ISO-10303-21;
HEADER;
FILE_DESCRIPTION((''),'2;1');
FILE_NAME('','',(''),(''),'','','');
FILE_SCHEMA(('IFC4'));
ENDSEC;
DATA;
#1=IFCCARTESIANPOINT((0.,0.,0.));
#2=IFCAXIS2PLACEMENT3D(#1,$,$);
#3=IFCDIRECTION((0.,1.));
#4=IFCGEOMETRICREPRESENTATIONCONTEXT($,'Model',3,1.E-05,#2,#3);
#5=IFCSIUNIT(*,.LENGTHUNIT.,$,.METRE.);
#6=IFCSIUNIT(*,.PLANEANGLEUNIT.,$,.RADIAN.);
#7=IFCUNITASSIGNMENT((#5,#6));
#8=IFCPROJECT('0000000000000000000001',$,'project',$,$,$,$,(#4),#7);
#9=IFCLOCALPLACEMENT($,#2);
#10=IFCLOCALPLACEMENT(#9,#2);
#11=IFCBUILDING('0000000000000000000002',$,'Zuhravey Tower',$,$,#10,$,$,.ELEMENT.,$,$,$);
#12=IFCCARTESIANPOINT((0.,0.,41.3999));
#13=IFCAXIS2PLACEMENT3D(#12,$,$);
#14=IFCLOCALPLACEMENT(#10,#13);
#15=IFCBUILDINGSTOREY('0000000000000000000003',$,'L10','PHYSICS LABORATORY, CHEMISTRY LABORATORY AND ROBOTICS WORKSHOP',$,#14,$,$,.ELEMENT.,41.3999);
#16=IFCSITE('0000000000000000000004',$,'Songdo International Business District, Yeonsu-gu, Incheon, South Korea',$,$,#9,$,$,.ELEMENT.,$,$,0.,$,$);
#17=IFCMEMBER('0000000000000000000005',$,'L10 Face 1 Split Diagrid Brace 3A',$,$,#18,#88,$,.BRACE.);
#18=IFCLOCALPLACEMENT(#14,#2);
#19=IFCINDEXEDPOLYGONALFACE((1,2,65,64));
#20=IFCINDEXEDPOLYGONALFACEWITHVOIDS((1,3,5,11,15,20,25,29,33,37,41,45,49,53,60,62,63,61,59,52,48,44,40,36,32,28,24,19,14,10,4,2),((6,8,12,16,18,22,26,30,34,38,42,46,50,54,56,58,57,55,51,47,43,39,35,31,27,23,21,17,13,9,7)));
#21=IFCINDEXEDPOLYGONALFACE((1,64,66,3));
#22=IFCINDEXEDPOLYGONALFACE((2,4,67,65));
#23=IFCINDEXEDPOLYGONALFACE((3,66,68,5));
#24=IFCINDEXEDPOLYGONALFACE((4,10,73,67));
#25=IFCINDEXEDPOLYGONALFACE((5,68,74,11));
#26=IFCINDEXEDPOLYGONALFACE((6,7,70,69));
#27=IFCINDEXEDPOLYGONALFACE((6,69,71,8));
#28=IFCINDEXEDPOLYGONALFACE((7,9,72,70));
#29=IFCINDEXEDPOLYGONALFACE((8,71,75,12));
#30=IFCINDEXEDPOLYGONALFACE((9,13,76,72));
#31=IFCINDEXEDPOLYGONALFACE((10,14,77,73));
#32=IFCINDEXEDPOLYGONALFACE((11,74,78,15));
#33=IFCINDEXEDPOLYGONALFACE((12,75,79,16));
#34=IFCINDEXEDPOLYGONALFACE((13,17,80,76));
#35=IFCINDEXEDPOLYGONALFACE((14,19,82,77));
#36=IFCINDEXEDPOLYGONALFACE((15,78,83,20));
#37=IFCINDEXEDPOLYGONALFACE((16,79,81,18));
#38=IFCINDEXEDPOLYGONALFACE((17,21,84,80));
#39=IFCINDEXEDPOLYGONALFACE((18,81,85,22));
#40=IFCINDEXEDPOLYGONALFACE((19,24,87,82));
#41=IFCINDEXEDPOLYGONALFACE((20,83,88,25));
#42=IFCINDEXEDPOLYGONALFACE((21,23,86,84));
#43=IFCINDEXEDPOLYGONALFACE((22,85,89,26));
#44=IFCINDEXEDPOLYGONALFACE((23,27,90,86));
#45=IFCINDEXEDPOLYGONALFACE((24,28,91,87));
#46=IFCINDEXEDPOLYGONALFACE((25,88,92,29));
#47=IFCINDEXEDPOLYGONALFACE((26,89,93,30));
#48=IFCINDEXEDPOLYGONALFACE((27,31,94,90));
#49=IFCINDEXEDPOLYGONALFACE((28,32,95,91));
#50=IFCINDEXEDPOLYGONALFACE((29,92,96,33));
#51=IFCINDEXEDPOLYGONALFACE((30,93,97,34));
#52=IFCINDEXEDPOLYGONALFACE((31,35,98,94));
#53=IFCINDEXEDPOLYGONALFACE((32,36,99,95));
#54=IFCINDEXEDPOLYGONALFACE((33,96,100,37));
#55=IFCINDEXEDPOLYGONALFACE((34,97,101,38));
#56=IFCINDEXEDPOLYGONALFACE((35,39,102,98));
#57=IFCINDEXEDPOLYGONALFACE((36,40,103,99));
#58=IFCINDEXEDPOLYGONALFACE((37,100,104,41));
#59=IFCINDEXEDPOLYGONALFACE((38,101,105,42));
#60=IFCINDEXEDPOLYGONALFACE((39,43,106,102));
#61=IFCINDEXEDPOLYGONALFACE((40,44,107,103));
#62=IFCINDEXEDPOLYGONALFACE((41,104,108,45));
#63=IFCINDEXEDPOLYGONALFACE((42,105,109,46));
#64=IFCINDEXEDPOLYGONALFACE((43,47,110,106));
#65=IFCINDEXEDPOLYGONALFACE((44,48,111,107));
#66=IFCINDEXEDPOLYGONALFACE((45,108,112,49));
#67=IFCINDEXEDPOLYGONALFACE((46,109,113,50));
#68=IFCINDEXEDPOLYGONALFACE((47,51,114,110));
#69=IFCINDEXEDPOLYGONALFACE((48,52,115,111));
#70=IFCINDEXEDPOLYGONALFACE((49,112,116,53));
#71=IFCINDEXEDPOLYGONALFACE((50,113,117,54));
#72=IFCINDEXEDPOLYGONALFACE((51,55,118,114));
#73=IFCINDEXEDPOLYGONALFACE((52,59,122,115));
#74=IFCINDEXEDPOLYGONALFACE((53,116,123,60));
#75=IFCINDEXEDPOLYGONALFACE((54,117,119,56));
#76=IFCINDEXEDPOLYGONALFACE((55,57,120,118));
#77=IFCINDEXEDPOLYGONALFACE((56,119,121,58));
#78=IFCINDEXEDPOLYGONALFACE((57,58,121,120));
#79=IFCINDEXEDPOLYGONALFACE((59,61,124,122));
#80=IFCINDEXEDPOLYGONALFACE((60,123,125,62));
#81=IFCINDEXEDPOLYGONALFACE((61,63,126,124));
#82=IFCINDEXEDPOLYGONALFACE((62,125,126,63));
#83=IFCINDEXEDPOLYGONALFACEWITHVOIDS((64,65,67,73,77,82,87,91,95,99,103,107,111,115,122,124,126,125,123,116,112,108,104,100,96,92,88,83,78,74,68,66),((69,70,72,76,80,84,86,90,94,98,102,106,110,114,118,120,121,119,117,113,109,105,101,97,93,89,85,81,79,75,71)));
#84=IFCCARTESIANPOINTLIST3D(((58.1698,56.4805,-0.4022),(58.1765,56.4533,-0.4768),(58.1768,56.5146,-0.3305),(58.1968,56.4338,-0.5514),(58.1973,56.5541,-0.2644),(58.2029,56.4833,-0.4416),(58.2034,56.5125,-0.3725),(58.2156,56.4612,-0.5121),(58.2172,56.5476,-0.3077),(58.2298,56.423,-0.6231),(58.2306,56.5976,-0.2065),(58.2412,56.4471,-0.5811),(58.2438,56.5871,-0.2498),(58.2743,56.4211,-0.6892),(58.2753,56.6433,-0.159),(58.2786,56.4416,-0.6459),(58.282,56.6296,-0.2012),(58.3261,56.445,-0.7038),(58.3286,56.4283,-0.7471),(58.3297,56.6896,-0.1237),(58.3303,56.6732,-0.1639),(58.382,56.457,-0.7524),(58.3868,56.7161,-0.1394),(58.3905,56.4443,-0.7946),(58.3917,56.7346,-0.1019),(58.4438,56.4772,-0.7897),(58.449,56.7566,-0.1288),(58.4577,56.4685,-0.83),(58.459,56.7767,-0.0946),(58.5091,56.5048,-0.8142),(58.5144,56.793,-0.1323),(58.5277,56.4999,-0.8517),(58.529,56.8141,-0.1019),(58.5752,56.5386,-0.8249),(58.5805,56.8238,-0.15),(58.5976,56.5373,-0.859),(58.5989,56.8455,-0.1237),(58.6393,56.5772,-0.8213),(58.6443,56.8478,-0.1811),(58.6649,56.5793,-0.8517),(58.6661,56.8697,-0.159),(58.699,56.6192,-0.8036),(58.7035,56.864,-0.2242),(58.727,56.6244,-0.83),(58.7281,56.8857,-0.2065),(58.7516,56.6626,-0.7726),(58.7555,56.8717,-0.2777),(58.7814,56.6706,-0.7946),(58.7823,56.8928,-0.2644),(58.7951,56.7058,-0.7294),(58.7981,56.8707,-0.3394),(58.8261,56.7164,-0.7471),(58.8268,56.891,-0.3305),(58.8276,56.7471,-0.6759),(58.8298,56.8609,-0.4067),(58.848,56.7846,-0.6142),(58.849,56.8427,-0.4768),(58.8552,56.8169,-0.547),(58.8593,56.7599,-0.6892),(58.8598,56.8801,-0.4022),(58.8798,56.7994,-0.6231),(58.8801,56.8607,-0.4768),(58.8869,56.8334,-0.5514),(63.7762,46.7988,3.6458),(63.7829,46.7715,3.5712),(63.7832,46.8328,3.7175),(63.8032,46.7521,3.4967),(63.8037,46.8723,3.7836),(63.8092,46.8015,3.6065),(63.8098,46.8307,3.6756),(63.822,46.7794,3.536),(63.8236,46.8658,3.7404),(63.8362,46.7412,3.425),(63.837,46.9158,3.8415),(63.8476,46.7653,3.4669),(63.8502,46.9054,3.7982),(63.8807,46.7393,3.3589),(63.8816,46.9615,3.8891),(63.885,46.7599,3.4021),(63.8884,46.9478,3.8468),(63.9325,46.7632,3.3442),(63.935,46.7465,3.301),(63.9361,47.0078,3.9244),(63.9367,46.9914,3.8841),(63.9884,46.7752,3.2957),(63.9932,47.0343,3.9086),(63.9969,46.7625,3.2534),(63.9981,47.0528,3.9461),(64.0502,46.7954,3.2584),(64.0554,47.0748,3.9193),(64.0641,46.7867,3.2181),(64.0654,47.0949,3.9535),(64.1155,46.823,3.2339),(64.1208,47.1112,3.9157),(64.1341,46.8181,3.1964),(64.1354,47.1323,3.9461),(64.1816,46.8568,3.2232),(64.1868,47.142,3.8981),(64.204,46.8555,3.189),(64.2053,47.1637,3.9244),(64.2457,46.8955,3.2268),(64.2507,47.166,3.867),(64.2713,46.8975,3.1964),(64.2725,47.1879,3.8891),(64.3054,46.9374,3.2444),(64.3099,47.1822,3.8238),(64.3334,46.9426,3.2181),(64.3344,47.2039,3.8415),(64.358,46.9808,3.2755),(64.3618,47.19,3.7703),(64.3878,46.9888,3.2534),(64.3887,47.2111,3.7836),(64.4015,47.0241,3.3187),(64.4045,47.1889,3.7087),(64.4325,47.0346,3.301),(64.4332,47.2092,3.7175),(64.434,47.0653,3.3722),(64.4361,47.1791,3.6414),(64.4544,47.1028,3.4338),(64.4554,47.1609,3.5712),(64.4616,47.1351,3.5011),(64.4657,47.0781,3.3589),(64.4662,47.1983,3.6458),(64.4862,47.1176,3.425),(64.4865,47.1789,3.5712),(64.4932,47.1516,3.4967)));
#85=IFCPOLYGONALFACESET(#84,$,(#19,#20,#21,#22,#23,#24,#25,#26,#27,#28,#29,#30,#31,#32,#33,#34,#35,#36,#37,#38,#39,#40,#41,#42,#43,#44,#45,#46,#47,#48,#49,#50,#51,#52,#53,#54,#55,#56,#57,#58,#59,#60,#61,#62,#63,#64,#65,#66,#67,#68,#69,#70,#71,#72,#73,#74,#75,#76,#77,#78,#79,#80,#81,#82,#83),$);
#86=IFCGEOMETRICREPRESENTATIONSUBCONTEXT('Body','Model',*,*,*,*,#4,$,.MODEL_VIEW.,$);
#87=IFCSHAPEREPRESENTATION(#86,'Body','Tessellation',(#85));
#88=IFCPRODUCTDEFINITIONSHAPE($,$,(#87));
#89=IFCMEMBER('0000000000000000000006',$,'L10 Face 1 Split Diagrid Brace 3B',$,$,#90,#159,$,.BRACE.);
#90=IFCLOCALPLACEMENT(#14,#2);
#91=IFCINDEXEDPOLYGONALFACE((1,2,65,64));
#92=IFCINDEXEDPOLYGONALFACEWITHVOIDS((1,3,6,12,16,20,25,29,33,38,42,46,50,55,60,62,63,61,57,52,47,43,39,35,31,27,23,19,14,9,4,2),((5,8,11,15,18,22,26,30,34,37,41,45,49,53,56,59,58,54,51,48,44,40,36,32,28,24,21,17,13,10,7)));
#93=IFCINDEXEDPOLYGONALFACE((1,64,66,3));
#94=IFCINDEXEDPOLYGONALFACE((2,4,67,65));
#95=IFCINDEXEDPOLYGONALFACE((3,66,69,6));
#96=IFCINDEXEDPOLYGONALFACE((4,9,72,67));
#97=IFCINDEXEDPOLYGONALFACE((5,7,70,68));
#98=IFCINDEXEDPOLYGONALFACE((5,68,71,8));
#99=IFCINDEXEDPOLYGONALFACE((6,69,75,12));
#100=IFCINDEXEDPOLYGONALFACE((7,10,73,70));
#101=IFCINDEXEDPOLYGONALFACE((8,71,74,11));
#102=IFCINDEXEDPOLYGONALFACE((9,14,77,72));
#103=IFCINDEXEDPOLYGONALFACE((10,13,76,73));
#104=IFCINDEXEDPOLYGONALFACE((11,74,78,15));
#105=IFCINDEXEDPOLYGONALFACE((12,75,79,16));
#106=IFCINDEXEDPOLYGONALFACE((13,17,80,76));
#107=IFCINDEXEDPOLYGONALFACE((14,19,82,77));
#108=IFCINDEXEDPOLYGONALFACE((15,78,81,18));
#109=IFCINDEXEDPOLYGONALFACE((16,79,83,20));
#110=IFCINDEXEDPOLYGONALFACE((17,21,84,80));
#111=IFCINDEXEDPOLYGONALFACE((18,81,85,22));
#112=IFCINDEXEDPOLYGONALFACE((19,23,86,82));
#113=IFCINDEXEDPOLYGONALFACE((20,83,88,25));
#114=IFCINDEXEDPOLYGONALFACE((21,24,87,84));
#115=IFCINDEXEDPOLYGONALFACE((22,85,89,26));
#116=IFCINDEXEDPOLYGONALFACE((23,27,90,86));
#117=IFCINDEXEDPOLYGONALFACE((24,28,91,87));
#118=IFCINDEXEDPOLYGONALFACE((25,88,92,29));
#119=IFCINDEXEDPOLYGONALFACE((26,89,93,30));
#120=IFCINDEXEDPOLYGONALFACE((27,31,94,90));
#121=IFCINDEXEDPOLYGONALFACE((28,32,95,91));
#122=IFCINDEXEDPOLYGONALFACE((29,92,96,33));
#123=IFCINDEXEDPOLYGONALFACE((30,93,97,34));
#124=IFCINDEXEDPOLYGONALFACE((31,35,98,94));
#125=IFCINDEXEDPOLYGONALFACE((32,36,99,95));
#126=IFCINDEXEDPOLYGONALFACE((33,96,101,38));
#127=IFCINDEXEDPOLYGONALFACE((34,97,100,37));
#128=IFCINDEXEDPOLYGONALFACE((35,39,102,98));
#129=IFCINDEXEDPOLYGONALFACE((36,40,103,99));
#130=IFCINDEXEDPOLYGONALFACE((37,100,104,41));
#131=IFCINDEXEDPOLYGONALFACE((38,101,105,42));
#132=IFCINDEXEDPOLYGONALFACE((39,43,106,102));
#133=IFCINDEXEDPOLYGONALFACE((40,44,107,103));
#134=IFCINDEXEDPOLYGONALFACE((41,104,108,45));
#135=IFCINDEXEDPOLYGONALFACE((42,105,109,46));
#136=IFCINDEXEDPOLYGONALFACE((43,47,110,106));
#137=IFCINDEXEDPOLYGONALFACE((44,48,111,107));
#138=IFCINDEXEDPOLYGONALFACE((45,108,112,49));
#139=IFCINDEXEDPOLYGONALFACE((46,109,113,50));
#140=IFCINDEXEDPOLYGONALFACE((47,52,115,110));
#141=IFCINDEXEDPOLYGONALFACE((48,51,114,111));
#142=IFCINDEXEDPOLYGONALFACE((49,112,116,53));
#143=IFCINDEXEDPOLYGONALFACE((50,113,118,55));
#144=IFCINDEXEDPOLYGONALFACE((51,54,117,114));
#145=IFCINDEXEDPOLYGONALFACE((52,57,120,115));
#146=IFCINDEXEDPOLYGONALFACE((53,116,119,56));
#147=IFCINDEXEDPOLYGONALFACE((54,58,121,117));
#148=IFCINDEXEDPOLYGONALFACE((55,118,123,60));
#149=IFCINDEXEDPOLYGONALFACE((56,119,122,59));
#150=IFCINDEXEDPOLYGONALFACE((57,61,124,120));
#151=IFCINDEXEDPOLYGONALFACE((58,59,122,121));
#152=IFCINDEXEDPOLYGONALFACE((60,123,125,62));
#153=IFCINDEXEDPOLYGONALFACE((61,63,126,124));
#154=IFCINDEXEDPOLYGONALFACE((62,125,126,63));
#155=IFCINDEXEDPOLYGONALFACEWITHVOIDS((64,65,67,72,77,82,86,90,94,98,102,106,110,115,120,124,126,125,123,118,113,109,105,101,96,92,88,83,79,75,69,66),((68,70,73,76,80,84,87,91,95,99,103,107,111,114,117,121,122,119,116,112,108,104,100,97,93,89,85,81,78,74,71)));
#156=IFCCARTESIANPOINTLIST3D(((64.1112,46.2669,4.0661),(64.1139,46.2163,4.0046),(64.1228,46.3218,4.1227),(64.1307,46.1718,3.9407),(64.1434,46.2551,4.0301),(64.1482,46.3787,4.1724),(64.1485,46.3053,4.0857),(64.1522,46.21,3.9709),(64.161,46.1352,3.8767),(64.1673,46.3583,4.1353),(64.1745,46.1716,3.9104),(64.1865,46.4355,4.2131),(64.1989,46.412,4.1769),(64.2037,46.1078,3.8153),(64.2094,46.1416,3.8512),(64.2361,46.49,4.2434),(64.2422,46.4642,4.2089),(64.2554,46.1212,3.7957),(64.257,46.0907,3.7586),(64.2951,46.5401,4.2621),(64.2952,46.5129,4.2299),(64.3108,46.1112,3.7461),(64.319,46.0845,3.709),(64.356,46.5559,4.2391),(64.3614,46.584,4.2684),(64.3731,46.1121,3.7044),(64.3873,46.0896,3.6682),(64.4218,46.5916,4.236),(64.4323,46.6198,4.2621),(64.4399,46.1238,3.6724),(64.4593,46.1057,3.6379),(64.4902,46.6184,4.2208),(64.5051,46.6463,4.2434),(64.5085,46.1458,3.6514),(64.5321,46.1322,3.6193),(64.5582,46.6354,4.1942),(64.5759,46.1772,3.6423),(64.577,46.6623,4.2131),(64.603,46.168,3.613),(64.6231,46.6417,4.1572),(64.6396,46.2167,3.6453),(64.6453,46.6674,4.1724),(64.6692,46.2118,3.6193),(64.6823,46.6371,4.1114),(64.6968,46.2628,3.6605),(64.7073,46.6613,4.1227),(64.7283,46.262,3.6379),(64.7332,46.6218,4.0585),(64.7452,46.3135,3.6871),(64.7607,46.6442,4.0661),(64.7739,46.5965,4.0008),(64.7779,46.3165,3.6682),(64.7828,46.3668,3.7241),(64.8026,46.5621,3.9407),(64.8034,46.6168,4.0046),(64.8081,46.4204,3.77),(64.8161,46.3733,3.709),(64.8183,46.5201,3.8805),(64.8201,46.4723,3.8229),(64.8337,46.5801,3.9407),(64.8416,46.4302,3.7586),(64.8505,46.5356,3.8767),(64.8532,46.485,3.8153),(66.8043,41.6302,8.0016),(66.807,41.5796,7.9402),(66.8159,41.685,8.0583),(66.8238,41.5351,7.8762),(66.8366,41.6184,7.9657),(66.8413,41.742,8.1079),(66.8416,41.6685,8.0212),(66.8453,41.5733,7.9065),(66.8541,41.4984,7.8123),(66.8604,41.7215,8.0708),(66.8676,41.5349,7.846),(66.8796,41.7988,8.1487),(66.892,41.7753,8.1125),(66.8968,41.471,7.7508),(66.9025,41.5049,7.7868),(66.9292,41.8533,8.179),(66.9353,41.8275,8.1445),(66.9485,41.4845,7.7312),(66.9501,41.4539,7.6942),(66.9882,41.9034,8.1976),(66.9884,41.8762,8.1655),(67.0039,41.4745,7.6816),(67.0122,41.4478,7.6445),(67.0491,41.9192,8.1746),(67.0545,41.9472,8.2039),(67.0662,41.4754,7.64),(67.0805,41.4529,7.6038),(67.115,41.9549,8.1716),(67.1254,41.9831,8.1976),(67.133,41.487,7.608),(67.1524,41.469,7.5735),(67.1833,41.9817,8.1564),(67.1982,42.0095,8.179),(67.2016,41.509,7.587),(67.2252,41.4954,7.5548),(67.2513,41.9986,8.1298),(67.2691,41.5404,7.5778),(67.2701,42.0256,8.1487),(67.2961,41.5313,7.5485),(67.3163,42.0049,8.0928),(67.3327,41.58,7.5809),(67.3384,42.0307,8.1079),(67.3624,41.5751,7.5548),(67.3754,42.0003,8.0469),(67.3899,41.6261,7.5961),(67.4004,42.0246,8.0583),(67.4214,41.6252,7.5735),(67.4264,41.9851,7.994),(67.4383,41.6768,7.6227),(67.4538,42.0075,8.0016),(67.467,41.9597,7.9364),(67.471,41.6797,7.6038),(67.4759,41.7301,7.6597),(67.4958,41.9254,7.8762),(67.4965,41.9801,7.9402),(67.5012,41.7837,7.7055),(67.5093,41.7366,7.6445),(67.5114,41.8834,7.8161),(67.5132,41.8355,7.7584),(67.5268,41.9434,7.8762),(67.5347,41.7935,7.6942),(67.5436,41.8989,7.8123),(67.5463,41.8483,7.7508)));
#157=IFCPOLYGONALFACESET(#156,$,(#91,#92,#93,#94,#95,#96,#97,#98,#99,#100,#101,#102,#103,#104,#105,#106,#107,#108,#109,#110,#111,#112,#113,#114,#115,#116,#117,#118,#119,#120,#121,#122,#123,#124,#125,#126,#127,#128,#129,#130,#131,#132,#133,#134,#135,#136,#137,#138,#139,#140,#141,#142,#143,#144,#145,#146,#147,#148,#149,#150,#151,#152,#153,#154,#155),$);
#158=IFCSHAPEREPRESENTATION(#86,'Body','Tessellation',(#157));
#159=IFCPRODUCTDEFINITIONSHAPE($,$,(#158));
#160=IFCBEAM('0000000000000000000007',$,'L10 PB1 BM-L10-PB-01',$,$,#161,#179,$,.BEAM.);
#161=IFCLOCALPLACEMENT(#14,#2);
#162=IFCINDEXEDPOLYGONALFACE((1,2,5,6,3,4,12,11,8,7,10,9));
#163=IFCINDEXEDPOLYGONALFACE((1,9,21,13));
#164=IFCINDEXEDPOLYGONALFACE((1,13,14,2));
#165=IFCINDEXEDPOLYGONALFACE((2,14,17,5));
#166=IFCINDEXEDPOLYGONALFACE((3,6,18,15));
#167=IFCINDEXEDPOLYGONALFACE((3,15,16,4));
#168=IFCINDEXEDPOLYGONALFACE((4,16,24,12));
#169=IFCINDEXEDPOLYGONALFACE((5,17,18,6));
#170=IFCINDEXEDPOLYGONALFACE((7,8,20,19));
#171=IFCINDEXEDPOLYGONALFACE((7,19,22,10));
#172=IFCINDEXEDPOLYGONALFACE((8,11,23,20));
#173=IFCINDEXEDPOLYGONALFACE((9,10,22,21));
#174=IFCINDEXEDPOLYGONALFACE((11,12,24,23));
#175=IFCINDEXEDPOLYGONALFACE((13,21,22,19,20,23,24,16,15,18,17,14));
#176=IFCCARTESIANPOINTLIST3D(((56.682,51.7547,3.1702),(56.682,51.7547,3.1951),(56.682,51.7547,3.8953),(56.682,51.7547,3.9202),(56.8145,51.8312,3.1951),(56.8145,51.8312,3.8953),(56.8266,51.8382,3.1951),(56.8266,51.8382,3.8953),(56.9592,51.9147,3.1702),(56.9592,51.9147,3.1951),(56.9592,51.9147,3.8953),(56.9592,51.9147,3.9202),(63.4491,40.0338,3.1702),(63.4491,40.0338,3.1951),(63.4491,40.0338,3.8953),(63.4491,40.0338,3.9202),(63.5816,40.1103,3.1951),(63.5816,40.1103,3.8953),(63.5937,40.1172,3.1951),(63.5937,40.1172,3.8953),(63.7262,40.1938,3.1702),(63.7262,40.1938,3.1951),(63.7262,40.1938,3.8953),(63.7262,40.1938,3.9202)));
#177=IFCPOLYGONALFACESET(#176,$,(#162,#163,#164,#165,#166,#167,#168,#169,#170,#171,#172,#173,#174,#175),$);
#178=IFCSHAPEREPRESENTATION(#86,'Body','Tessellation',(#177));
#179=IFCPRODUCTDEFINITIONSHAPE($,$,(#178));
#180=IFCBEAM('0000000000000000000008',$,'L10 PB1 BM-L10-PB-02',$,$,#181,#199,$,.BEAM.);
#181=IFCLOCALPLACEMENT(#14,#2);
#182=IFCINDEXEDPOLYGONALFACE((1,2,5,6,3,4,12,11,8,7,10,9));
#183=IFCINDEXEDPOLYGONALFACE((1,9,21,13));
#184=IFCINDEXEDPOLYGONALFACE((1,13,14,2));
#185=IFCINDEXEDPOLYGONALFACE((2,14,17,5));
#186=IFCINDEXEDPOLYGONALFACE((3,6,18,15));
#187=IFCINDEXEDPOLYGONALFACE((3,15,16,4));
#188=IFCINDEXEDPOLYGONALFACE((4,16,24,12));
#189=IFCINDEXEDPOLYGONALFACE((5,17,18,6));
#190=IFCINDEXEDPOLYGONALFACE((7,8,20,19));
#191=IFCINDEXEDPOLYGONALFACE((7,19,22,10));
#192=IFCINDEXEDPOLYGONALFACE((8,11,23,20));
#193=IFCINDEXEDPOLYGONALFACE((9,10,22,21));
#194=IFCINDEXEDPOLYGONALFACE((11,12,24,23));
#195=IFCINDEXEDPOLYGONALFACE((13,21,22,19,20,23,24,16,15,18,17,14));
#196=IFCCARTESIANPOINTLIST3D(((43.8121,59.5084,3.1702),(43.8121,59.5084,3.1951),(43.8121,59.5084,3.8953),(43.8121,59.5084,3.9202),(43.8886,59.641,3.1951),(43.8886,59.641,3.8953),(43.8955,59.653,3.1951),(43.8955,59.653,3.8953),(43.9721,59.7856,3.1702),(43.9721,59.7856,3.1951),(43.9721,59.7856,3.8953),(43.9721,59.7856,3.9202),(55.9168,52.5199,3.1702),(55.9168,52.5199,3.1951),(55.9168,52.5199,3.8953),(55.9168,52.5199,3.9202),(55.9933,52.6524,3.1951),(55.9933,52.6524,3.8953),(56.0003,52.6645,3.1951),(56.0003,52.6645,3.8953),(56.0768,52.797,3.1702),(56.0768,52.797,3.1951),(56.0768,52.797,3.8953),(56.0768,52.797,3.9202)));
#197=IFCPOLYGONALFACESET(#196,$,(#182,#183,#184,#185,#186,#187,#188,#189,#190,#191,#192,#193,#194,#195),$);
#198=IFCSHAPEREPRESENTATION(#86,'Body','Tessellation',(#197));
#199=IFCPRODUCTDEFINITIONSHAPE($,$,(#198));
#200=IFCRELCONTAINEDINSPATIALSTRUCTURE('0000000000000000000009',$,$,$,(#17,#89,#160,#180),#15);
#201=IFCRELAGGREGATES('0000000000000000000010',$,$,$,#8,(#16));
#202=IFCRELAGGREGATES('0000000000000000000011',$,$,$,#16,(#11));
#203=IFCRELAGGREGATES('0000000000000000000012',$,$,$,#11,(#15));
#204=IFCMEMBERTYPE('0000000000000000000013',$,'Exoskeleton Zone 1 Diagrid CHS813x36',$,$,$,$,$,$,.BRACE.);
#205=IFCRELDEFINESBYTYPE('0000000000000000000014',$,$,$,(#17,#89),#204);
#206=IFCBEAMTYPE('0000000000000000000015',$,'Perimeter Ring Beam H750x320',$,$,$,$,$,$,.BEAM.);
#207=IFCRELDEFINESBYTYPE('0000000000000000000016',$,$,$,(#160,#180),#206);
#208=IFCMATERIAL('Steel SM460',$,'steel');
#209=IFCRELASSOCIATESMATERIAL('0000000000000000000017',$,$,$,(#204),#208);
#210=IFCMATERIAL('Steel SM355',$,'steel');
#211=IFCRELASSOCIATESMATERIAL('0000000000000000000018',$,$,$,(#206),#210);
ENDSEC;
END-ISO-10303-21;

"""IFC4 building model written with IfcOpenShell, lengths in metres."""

from ifc_helpers import new_model, si_unit, direction, frame, origin, origin_2d, place, context, subcontext, project, spatial, hollow_circle, i_section, extrude, material, material_profile, profile_set, type_object, element, save


model = new_model("IFC4")

# Units and contexts
model_context = context("Model", 3, precision=1e-05, world=origin(), true_north=direction((0.0, 1.0)))
body_context = subcontext(model_context, "Body", "Model", "MODEL_VIEW")
ifc_project = project(units=[si_unit("LENGTHUNIT", "METRE"), si_unit("PLANEANGLEUNIT", "RADIAN")], contexts=[model_context])

# Site, building, storey
site_placement = place(None, origin())
site = spatial("IfcSite", under=ifc_project, at=site_placement, Name="Songdo International Business District, Yeonsu-gu, Incheon, South Korea", CompositionType="ELEMENT", RefElevation=0.0)
building_placement = place(site_placement, origin())
building = spatial("IfcBuilding", under=site, at=building_placement, Name="Zuhravey Tower", CompositionType="ELEMENT")
storey_placement = place(building_placement, frame((0.0, 0.0, 41.3999)))
storey = spatial("IfcBuildingStorey", under=building, at=storey_placement, Name="L10", Description="PHYSICS LABORATORY, CHEMISTRY LABORATORY AND ROBOTICS WORKSHOP", CompositionType="ELEMENT", Elevation=41.3999)

# Members
ifc_material_1 = material(Name="Steel SM355", Category="steel")
ifc_material_2 = material(Name="Steel SM460", Category="steel")
ifc_material_profile_1 = material_profile(ifc_material_2, hollow_circle(Radius=0.4065, WallThickness=0.0359, at=origin_2d()), Name="CHS-812.8x36")
ifc_profile_set_1 = profile_set([ifc_material_profile_1], Name="Steel SM460")
member_type_1 = type_object("IfcMemberType", Name="Exoskeleton Zone 1 Diagrid CHS813x36", PredefinedType="BRACE", material=ifc_profile_set_1)
member_1_placement = place(storey_placement, frame((58.5283, 56.657, -0.4768), z_axis=(0.471216, -0.813753, 0.340238), x_axis=(0.865382, 0.501113, 0.0)))
element("IfcMember", 1, at=member_1_placement, inside=storey, type_object=member_type_1, Name="L10 Face 1 Split Diagrid Brace 3A", PredefinedType="BRACE", context=body_context, shape_type="SweptSolid", body=[
    extrude(hollow_circle(Radius=0.4065, WallThickness=0.0359, at=origin_2d()), origin(), (0.0, 0.0, 1.0), 11.8977),
])
member_2_placement = place(storey_placement, frame((64.4822, 46.376, 3.9407), z_axis=(0.404897, -0.697109, 0.591691), x_axis=(0.864722, 0.502251, 0.0)))
element("IfcMember", 2, at=member_2_placement, inside=storey, type_object=member_type_1, Name="L10 Face 1 Split Diagrid Brace 3B", PredefinedType="BRACE", context=body_context, shape_type="SweptSolid", body=[
    extrude(hollow_circle(Radius=0.4065, WallThickness=0.0359, at=origin_2d()), origin(), (0.0, 0.0, 1.0), 6.6514),
])

# Beams
ifc_material_profile_2 = material_profile(ifc_material_1, i_section(OverallWidth=0.3201, OverallDepth=0.75, WebThickness=0.0139, FlangeThickness=0.0249, at=origin_2d()), Name="H-750x320x14x25")
ifc_profile_set_2 = profile_set([ifc_material_profile_2], Name="Steel SM355")
beam_type_1 = type_object("IfcBeamType", Name="Perimeter Ring Beam H750x320", PredefinedType="BEAM", material=ifc_profile_set_2)
beam_1_placement = place(storey_placement, frame((63.5876, 40.1138, 3.5452), z_axis=(-0.5, 0.866025, 0.0), x_axis=(-0.866025, -0.5, 0.0)))
element("IfcBeam", 3, at=beam_1_placement, inside=storey, type_object=beam_type_1, Name="L10 PB1 BM-L10-PB-01", PredefinedType="BEAM", context=body_context, shape_type="SweptSolid", body=[
    extrude(i_section(OverallWidth=0.3201, OverallDepth=0.75, WebThickness=0.0139, FlangeThickness=0.0249, at=origin_2d()), origin(), (0.0, 0.0, 1.0), 13.5342),
])
beam_2_placement = place(storey_placement, frame((55.9968, 52.6584, 3.5452), z_axis=(-0.86603, 0.499992, 0.0), x_axis=(-0.499992, -0.86603, 0.0)))
element("IfcBeam", 4, at=beam_2_placement, inside=storey, type_object=beam_type_1, Name="L10 PB1 BM-L10-PB-02", PredefinedType="BEAM", context=body_context, shape_type="SweptSolid", body=[
    extrude(i_section(OverallWidth=0.3201, OverallDepth=0.75, WebThickness=0.0139, FlangeThickness=0.0249, at=origin_2d()), origin(), (0.0, 0.0, 1.0), 13.9773),
])

save(model, "model.ifc")
